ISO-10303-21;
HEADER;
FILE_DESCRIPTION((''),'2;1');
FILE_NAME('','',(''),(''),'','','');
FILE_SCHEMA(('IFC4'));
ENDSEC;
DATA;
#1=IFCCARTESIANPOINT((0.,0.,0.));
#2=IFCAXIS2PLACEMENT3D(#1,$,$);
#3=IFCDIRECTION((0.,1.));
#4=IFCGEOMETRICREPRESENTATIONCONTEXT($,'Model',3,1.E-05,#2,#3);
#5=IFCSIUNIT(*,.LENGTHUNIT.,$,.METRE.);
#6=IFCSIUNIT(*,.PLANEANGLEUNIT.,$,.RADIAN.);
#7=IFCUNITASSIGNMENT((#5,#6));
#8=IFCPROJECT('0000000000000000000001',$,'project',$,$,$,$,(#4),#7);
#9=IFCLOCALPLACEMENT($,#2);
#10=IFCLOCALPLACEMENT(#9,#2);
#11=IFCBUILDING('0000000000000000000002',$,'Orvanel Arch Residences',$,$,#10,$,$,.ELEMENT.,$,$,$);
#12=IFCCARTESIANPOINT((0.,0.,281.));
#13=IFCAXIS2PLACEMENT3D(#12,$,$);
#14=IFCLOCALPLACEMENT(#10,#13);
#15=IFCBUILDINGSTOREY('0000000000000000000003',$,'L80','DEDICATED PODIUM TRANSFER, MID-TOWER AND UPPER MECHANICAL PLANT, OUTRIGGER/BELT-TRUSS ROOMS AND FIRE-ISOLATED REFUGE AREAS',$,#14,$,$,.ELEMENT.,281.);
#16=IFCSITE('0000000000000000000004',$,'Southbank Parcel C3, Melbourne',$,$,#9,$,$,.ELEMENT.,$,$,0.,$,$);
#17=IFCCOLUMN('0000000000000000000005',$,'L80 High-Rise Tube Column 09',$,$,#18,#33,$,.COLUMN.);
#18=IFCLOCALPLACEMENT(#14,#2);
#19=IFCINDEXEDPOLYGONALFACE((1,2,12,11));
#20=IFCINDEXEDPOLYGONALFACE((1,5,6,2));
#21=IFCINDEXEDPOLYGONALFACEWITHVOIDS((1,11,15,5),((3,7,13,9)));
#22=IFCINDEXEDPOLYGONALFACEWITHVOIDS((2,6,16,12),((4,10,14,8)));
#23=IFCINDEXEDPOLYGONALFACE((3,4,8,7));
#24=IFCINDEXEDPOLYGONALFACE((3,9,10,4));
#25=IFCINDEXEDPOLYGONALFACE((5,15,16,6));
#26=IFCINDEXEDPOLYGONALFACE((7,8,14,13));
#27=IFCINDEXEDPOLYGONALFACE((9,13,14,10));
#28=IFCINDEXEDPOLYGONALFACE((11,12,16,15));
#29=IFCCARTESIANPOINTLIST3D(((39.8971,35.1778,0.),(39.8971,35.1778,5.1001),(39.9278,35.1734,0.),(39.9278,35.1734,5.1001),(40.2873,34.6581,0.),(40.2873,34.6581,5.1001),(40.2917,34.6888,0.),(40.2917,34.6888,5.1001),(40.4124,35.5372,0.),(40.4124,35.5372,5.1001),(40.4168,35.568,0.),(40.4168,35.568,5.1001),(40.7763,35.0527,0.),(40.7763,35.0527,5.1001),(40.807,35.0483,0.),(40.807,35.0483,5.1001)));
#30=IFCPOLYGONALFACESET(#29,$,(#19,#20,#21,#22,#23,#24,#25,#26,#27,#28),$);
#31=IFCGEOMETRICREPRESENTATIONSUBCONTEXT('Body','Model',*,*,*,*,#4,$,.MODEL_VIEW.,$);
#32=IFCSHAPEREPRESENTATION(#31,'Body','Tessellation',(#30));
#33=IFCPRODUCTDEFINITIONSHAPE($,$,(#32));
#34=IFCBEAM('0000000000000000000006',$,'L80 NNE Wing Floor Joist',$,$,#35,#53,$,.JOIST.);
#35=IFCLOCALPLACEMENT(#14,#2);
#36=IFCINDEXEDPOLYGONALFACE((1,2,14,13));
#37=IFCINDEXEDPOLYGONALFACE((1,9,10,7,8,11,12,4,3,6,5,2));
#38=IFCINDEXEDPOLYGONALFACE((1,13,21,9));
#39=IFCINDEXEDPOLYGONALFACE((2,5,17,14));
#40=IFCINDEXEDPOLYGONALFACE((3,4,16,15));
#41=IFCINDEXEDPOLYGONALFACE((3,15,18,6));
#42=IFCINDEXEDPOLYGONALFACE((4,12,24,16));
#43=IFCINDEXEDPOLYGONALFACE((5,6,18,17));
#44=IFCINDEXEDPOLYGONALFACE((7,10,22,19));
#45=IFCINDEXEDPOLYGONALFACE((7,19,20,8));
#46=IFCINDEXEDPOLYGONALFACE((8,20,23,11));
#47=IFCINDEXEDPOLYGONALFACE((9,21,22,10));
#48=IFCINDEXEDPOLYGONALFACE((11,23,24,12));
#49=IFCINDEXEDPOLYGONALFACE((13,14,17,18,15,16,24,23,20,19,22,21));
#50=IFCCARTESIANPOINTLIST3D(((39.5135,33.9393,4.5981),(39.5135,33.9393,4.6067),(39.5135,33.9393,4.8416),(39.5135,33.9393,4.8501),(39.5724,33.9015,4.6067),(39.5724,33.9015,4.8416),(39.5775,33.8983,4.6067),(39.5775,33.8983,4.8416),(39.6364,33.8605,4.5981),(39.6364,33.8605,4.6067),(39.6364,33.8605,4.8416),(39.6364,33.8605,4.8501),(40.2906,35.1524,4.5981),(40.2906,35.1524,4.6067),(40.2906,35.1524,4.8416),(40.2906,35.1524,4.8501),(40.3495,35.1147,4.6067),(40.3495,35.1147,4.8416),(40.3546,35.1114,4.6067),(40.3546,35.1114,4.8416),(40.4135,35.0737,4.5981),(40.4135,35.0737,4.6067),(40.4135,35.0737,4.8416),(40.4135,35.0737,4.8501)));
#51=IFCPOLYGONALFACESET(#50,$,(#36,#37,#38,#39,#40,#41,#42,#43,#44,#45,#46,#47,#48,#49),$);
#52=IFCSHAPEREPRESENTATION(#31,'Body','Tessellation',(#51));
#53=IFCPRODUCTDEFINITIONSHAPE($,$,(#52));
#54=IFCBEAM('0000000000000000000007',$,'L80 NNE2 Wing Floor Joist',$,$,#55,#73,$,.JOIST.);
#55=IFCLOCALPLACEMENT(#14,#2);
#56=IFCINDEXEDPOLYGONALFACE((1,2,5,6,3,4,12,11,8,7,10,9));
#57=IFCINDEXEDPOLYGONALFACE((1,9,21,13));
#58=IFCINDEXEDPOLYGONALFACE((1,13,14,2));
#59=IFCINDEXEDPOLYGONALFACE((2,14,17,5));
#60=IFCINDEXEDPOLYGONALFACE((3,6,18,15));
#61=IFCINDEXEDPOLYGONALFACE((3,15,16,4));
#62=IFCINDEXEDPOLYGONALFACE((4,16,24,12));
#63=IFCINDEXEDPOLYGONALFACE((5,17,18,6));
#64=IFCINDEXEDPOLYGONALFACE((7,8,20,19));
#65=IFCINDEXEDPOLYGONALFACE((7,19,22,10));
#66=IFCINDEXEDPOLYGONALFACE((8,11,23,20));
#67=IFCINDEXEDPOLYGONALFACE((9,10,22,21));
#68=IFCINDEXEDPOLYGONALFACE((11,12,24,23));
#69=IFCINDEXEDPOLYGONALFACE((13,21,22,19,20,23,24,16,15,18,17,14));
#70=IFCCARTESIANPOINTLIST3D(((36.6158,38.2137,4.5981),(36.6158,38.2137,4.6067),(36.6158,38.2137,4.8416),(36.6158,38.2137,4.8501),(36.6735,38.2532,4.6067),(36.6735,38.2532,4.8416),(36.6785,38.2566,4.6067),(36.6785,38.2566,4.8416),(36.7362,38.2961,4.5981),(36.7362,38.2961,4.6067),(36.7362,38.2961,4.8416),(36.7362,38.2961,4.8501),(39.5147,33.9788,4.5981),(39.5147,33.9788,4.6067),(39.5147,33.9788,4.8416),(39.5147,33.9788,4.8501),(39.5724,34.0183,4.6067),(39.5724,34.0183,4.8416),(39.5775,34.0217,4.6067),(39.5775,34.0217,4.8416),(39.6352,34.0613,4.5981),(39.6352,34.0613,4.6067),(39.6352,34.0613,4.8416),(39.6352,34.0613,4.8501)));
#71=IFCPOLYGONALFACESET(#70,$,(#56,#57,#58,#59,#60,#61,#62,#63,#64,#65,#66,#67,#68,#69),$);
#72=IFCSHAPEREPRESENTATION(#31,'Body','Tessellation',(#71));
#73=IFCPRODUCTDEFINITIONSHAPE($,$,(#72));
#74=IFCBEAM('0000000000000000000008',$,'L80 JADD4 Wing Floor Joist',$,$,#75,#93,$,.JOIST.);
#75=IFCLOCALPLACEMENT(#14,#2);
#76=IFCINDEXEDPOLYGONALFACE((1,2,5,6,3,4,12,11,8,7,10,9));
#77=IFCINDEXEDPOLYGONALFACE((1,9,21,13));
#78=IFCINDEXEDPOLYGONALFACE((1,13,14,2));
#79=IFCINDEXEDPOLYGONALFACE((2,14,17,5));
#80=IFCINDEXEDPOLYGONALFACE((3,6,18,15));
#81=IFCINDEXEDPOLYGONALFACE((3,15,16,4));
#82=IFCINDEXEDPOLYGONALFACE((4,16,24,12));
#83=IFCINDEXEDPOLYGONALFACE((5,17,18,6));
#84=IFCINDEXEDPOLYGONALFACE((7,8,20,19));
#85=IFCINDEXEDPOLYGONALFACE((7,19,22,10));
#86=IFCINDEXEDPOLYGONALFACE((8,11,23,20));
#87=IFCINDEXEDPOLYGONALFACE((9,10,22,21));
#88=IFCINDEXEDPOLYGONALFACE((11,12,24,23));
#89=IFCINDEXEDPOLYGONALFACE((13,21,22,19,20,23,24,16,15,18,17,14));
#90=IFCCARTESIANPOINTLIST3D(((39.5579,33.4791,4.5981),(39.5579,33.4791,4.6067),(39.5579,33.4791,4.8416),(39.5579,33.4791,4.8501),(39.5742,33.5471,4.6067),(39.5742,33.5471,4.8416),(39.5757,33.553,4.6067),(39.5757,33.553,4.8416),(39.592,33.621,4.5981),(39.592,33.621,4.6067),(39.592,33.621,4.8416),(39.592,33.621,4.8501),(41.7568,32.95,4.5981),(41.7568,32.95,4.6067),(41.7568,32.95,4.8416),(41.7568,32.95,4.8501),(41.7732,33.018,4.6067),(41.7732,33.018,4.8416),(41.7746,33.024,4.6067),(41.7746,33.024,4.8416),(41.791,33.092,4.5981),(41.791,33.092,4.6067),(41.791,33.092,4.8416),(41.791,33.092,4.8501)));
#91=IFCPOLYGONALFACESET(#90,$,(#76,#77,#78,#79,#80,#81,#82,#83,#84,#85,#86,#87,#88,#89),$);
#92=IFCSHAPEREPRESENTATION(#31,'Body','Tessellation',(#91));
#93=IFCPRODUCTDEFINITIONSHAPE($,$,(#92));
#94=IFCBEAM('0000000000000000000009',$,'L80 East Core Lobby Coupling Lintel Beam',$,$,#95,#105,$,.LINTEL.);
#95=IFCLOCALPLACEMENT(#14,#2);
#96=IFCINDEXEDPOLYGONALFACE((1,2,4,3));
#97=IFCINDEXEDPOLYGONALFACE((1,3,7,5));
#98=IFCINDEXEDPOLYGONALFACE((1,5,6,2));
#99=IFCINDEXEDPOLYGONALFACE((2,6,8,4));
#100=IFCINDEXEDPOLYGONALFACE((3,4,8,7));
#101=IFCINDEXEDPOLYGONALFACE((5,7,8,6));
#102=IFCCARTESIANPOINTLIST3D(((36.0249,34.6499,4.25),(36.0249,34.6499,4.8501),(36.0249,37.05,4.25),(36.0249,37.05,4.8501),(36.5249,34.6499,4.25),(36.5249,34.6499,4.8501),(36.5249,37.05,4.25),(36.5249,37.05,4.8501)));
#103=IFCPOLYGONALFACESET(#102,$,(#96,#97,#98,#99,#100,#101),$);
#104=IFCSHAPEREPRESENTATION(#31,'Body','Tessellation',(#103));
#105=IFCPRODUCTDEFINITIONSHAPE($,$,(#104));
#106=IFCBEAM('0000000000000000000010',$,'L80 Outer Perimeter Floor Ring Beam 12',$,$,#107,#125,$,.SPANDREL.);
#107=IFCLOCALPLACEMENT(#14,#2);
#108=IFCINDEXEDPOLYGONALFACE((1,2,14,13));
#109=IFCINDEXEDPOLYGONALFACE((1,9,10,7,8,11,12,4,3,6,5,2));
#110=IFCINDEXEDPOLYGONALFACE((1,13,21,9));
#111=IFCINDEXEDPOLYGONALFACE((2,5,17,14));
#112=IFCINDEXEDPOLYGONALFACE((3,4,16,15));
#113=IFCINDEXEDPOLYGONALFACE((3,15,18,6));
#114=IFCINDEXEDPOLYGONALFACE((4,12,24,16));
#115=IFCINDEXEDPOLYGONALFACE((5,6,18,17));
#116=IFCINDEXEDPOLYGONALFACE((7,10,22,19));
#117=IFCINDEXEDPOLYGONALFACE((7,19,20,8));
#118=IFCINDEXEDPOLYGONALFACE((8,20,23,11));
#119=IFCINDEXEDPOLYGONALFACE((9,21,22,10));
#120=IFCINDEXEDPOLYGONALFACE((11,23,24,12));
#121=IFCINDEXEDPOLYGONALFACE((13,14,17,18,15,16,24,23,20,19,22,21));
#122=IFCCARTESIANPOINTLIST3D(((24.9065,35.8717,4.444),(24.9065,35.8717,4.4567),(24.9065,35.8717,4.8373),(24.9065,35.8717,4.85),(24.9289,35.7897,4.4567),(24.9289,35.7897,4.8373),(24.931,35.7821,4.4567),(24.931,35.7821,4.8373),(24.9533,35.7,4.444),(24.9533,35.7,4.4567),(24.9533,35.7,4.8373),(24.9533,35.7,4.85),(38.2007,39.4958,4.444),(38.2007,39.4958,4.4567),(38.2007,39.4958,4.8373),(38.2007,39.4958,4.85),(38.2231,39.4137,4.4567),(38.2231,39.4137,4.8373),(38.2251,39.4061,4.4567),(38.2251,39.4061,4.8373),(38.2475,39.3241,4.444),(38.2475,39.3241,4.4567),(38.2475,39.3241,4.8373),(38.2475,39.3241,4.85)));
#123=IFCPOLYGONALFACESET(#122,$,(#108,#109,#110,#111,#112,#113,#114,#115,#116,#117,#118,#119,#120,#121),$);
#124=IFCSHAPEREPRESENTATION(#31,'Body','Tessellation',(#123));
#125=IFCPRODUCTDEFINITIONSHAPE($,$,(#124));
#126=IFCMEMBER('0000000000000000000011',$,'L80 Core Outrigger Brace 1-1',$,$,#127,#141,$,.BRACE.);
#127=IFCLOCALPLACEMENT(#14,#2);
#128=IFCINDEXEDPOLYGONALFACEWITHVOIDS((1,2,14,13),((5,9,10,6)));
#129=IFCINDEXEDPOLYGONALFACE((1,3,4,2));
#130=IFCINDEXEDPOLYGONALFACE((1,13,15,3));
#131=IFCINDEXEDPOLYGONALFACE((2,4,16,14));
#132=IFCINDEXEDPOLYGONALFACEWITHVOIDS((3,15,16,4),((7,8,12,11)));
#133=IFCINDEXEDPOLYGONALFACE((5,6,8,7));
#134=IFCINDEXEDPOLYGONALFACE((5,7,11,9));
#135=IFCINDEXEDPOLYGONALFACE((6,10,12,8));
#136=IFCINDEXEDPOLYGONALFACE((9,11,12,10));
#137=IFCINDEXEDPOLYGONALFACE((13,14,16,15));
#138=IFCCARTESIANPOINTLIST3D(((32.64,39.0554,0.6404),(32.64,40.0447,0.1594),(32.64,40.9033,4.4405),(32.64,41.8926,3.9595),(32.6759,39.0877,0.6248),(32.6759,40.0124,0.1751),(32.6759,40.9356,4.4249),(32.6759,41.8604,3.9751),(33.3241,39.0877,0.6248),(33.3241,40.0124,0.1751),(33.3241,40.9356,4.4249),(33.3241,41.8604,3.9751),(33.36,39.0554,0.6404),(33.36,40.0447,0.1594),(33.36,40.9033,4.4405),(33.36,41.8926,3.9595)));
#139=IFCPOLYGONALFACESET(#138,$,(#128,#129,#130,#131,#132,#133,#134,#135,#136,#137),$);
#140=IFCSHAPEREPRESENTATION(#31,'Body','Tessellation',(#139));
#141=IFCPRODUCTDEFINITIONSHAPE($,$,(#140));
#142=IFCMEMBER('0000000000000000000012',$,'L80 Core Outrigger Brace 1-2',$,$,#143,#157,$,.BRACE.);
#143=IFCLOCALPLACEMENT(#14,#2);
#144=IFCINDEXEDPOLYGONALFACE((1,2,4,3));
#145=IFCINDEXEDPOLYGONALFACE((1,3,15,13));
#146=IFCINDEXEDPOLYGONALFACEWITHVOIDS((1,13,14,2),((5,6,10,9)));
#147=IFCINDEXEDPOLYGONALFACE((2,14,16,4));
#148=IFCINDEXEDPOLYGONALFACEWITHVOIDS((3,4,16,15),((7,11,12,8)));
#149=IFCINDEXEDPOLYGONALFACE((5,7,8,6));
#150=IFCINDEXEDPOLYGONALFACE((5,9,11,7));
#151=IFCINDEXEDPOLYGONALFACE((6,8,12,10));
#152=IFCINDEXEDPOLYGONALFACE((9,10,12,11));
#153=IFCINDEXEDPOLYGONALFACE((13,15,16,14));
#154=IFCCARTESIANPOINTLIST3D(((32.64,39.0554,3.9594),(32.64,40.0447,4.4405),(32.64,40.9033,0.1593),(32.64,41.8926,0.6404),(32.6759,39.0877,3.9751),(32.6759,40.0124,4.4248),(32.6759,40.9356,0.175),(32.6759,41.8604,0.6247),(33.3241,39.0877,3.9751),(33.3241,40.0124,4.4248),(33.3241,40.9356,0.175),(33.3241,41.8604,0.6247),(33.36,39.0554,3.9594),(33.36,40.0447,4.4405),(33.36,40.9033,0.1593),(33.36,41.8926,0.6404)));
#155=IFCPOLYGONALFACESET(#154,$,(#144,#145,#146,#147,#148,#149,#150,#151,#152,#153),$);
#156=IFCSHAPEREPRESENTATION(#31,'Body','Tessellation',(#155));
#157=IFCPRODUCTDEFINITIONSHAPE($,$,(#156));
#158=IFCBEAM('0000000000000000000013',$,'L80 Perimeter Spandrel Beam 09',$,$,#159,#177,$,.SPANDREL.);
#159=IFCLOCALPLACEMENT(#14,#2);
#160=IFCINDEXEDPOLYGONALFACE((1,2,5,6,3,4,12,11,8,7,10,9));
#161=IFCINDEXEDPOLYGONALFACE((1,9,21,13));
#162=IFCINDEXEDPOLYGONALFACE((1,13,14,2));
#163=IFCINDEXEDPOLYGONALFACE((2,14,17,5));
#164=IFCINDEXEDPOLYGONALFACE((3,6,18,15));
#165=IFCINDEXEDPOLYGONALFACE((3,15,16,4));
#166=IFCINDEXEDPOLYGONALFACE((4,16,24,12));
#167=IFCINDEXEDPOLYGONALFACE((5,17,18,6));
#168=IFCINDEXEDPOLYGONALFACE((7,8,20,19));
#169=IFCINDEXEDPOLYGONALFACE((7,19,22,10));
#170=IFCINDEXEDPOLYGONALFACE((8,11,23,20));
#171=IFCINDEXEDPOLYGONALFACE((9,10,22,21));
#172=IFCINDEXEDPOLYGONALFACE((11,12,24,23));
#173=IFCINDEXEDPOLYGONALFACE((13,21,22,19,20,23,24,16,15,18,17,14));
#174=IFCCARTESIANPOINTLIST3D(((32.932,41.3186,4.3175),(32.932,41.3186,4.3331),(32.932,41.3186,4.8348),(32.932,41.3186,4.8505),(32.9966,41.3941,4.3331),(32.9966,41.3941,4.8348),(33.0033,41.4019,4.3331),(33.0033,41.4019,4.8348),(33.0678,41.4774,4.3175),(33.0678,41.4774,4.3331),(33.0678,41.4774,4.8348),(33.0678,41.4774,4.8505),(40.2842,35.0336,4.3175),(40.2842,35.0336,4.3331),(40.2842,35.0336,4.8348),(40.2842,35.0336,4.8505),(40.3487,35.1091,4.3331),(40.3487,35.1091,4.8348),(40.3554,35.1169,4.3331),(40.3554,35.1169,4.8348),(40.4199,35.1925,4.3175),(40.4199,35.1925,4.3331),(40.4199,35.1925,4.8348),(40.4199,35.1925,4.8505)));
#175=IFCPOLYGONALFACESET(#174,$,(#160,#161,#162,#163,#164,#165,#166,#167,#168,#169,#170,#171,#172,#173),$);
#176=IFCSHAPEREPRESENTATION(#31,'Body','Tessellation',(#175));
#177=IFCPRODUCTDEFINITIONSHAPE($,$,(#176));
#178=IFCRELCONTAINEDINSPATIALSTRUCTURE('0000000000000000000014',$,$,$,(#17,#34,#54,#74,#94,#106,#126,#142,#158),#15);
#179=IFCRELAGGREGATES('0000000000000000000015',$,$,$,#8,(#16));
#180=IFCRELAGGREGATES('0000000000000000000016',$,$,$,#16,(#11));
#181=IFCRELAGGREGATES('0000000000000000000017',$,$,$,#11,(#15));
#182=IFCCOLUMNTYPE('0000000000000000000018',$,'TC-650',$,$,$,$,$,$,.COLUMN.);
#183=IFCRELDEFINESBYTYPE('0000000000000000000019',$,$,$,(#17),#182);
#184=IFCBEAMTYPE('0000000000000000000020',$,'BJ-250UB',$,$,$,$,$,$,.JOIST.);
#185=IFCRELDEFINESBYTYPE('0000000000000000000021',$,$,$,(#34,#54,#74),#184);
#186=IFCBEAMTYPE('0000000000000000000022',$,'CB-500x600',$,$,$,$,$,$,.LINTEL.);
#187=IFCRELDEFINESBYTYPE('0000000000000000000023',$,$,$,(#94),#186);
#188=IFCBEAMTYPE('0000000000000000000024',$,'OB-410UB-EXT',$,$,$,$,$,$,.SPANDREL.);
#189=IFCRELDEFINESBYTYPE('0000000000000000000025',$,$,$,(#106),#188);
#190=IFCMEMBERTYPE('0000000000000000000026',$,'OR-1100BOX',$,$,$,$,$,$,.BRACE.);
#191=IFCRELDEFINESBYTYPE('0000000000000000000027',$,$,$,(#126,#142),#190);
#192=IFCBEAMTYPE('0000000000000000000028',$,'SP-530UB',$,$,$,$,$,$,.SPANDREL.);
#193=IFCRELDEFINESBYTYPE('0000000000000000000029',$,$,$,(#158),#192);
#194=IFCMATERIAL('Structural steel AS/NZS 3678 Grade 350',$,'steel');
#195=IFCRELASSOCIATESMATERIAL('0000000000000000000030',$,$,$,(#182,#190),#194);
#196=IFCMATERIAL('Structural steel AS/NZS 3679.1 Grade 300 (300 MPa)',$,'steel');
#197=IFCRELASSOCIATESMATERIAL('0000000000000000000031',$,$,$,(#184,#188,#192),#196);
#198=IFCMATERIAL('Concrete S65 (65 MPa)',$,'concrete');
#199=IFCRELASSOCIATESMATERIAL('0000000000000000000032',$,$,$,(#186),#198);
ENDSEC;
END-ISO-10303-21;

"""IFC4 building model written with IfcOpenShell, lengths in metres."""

from ifc_helpers import new_model, si_unit, direction, frame, origin, origin_2d, place, context, subcontext, project, spatial, rectangle, hollow_rectangle, i_section, extrude, material, material_profile, profile_set, type_object, element, save


model = new_model("IFC4")

# Units and contexts
model_context = context("Model", 3, precision=1e-05, world=origin(), true_north=direction((0.0, 1.0)))
body_context = subcontext(model_context, "Body", "Model", "MODEL_VIEW")
ifc_project = project(units=[si_unit("LENGTHUNIT", "METRE"), si_unit("PLANEANGLEUNIT", "RADIAN")], contexts=[model_context])

# Site, building, storey
site_placement = place(None, origin())
site = spatial("IfcSite", under=ifc_project, at=site_placement, Name="Southbank Parcel C3, Melbourne", CompositionType="ELEMENT", RefElevation=0.0)
building_placement = place(site_placement, origin())
building = spatial("IfcBuilding", under=site, at=building_placement, Name="Orvanel Arch Residences", CompositionType="ELEMENT")
storey_placement = place(building_placement, frame((0.0, 0.0, 281.0)))
storey = spatial("IfcBuildingStorey", under=building, at=storey_placement, Name="L80", Description="DEDICATED PODIUM TRANSFER, MID-TOWER AND UPPER MECHANICAL PLANT, OUTRIGGER/BELT-TRUSS ROOMS AND FIRE-ISOLATED REFUGE AREAS", CompositionType="ELEMENT", Elevation=281.0)

# Column
ifc_material_1 = material(Name="Structural steel AS/NZS 3678 Grade 350", Category="steel")
ifc_material_profile_1 = material_profile(ifc_material_1, hollow_rectangle(XDim=0.6499, YDim=0.6499, WallThickness=0.022, at=origin_2d()), Name="BOX650x650x22")
ifc_profile_set_1 = profile_set([ifc_material_profile_1], Name="Structural steel AS/NZS 3678 Grade 350")
column_type = type_object("IfcColumnType", Name="TC-650", PredefinedType="COLUMN", material=ifc_profile_set_1)
column_placement = place(storey_placement, frame((40.3521, 35.113, 0.0), z_axis=(0.0, 0.0, 1.0), x_axis=(-0.60042, 0.799685, 0.0)))
element("IfcColumn", 1, at=column_placement, inside=storey, type_object=column_type, Name="L80 High-Rise Tube Column 09", PredefinedType="COLUMN", context=body_context, shape_type="SweptSolid", body=[
    extrude(hollow_rectangle(XDim=0.6499, YDim=0.6499, WallThickness=0.022, at=origin_2d()), origin(), (0.0, 0.0, 1.0), 5.1001),
])

# Beams
ifc_material_2 = material(Name="Structural steel AS/NZS 3679.1 Grade 300 (300 MPa)", Category="steel")
ifc_material_profile_2 = material_profile(ifc_material_2, i_section(OverallWidth=0.146, OverallDepth=0.252, WebThickness=0.0061, FlangeThickness=0.0085, at=origin_2d()), Name="250UB31.4")
ifc_profile_set_2 = profile_set([ifc_material_profile_2], Name="Structural steel AS/NZS 3679.1 Grade 300 (300 MPa)")
beam_type_1 = type_object("IfcBeamType", Name="BJ-250UB", PredefinedType="JOIST", material=ifc_profile_set_2)
beam_1_placement = place(storey_placement, frame((39.575, 33.8999, 4.7241), z_axis=(0.539395, 0.842053, 0.0), x_axis=(-0.842053, 0.539395, 0.0)))
element("IfcBeam", 2, at=beam_1_placement, inside=storey, type_object=beam_type_1, Name="L80 NNE Wing Floor Joist", PredefinedType="JOIST", context=body_context, shape_type="SweptSolid", body=[
    extrude(i_section(OverallWidth=0.146, OverallDepth=0.252, WebThickness=0.0061, FlangeThickness=0.0085, at=origin_2d()), origin(), (0.0, 0.0, 1.0), 1.4407),
])
beam_2_placement = place(storey_placement, frame((39.575, 34.02, 4.7241), z_axis=(-0.564868, 0.825181, 0.0), x_axis=(-0.825181, -0.564868, 0.0)))
element("IfcBeam", 3, at=beam_2_placement, inside=storey, type_object=beam_type_1, Name="L80 NNE2 Wing Floor Joist", PredefinedType="JOIST", context=body_context, shape_type="SweptSolid", body=[
    extrude(i_section(OverallWidth=0.146, OverallDepth=0.252, WebThickness=0.0061, FlangeThickness=0.0085, at=origin_2d()), origin(), (0.0, 0.0, 1.0), 5.1321),
])
beam_3_placement = place(storey_placement, frame((39.575, 33.55, 4.7241), z_axis=(0.972257, -0.233916, 0.0), x_axis=(0.233916, 0.972257, 0.0)))
element("IfcBeam", 4, at=beam_3_placement, inside=storey, type_object=beam_type_1, Name="L80 JADD4 Wing Floor Joist", PredefinedType="JOIST", context=body_context, shape_type="SweptSolid", body=[
    extrude(i_section(OverallWidth=0.146, OverallDepth=0.252, WebThickness=0.0061, FlangeThickness=0.0085, at=origin_2d()), origin(), (0.0, 0.0, 1.0), 2.2617),
])
ifc_material_3 = material(Name="Concrete S65 (65 MPa)", Category="concrete")
ifc_material_profile_3 = material_profile(ifc_material_3, rectangle(XDim=0.5, YDim=0.6001, at=origin_2d()), Name="RC500x600")
ifc_profile_set_3 = profile_set([ifc_material_profile_3], Name="Concrete S65 (65 MPa)")
beam_type_2 = type_object("IfcBeamType", Name="CB-500x600", PredefinedType="LINTEL", material=ifc_profile_set_3)
beam_4_placement = place(storey_placement, frame((36.2749, 34.6499, 4.55), z_axis=(0.0, 1.0, 0.0), x_axis=(-1.0, 0.0, 0.0)))
element("IfcBeam", 5, at=beam_4_placement, inside=storey, type_object=beam_type_2, Name="L80 East Core Lobby Coupling Lintel Beam", PredefinedType="LINTEL", context=body_context, shape_type="SweptSolid", body=[
    extrude(rectangle(XDim=0.5, YDim=0.6001, at=origin_2d()), origin(), (0.0, 0.0, 1.0), 2.4001),
])
ifc_material_profile_4 = material_profile(ifc_material_2, i_section(OverallWidth=0.178, OverallDepth=0.406, WebThickness=0.0078, FlangeThickness=0.0127, at=origin_2d()), Name="410UB59.7")
ifc_profile_set_4 = profile_set([ifc_material_profile_4], Name="Structural steel AS/NZS 3679.1 Grade 300 (300 MPa)")
beam_type_3 = type_object("IfcBeamType", Name="OB-410UB-EXT", PredefinedType="SPANDREL", material=ifc_profile_set_4)
beam_5_placement = place(storey_placement, frame((38.2241, 39.4099, 4.647), z_axis=(-0.964794, -0.263005, 0.0), x_axis=(0.263005, -0.964794, 0.0)))
element("IfcBeam", 6, at=beam_5_placement, inside=storey, type_object=beam_type_3, Name="L80 Outer Perimeter Floor Ring Beam 12", PredefinedType="SPANDREL", context=body_context, shape_type="SweptSolid", body=[
    extrude(i_section(OverallWidth=0.178, OverallDepth=0.406, WebThickness=0.0078, FlangeThickness=0.0127, at=origin_2d()), origin(), (0.0, 0.0, 1.0), 13.7793),
])

# Members
ifc_material_profile_5 = material_profile(ifc_material_1, hollow_rectangle(XDim=0.72, YDim=1.1001, WallThickness=0.0359, at=origin_2d()), Name="BOX1100x720x36")
ifc_profile_set_5 = profile_set([ifc_material_profile_5], Name="Structural steel AS/NZS 3678 Grade 350")
member_type_1 = type_object("IfcMemberType", Name="OR-1100BOX", PredefinedType="BRACE", material=ifc_profile_set_5)
for number, where, z_axis, x_axis, name in (
    (7, (33.0, 39.55, 0.3999), (0.0, 0.437318, 0.899307), (-1.0, 0.0, 0.0), "L80 Core Outrigger Brace 1-1"),
    (8, (33.0, 39.55, 4.2), (0.0, 0.437318, -0.899307), (-1.0, 0.0, 0.0), "L80 Core Outrigger Brace 1-2"),
):
    element("IfcMember", number, at=place(storey_placement, frame(where, z_axis=z_axis, x_axis=x_axis)), inside=storey, type_object=member_type_1, Name=name, PredefinedType="BRACE", context=body_context, shape_type="SweptSolid", body=[
        extrude(hollow_rectangle(XDim=0.72, YDim=1.1001, WallThickness=0.0359, at=origin_2d()), origin(), (0.0, 0.0, 1.0), 4.2256),
    ])

# Beam
ifc_material_profile_6 = material_profile(ifc_material_2, i_section(OverallWidth=0.209, OverallDepth=0.533, WebThickness=0.0103, FlangeThickness=0.0156, at=origin_2d()), Name="530UB92.4")
ifc_profile_set_6 = profile_set([ifc_material_profile_6], Name="Structural steel AS/NZS 3679.1 Grade 300 (300 MPa)")
beam_type_4 = type_object("IfcBeamType", Name="SP-530UB", PredefinedType="SPANDREL", material=ifc_profile_set_6)
beam_6_placement = place(storey_placement, frame((40.3521, 35.113, 4.584), z_axis=(-0.760117, 0.649787, 0.0), x_axis=(-0.649787, -0.760117, 0.0)))
element("IfcBeam", 9, at=beam_6_placement, inside=storey, type_object=beam_type_4, Name="L80 Perimeter Spandrel Beam 09", PredefinedType="SPANDREL", context=body_context, shape_type="SweptSolid", body=[
    extrude(i_section(OverallWidth=0.209, OverallDepth=0.533, WebThickness=0.0103, FlangeThickness=0.0156, at=origin_2d()), origin(), (0.0, 0.0, 1.0), 9.6724),
])

save(model, "model.ifc")
